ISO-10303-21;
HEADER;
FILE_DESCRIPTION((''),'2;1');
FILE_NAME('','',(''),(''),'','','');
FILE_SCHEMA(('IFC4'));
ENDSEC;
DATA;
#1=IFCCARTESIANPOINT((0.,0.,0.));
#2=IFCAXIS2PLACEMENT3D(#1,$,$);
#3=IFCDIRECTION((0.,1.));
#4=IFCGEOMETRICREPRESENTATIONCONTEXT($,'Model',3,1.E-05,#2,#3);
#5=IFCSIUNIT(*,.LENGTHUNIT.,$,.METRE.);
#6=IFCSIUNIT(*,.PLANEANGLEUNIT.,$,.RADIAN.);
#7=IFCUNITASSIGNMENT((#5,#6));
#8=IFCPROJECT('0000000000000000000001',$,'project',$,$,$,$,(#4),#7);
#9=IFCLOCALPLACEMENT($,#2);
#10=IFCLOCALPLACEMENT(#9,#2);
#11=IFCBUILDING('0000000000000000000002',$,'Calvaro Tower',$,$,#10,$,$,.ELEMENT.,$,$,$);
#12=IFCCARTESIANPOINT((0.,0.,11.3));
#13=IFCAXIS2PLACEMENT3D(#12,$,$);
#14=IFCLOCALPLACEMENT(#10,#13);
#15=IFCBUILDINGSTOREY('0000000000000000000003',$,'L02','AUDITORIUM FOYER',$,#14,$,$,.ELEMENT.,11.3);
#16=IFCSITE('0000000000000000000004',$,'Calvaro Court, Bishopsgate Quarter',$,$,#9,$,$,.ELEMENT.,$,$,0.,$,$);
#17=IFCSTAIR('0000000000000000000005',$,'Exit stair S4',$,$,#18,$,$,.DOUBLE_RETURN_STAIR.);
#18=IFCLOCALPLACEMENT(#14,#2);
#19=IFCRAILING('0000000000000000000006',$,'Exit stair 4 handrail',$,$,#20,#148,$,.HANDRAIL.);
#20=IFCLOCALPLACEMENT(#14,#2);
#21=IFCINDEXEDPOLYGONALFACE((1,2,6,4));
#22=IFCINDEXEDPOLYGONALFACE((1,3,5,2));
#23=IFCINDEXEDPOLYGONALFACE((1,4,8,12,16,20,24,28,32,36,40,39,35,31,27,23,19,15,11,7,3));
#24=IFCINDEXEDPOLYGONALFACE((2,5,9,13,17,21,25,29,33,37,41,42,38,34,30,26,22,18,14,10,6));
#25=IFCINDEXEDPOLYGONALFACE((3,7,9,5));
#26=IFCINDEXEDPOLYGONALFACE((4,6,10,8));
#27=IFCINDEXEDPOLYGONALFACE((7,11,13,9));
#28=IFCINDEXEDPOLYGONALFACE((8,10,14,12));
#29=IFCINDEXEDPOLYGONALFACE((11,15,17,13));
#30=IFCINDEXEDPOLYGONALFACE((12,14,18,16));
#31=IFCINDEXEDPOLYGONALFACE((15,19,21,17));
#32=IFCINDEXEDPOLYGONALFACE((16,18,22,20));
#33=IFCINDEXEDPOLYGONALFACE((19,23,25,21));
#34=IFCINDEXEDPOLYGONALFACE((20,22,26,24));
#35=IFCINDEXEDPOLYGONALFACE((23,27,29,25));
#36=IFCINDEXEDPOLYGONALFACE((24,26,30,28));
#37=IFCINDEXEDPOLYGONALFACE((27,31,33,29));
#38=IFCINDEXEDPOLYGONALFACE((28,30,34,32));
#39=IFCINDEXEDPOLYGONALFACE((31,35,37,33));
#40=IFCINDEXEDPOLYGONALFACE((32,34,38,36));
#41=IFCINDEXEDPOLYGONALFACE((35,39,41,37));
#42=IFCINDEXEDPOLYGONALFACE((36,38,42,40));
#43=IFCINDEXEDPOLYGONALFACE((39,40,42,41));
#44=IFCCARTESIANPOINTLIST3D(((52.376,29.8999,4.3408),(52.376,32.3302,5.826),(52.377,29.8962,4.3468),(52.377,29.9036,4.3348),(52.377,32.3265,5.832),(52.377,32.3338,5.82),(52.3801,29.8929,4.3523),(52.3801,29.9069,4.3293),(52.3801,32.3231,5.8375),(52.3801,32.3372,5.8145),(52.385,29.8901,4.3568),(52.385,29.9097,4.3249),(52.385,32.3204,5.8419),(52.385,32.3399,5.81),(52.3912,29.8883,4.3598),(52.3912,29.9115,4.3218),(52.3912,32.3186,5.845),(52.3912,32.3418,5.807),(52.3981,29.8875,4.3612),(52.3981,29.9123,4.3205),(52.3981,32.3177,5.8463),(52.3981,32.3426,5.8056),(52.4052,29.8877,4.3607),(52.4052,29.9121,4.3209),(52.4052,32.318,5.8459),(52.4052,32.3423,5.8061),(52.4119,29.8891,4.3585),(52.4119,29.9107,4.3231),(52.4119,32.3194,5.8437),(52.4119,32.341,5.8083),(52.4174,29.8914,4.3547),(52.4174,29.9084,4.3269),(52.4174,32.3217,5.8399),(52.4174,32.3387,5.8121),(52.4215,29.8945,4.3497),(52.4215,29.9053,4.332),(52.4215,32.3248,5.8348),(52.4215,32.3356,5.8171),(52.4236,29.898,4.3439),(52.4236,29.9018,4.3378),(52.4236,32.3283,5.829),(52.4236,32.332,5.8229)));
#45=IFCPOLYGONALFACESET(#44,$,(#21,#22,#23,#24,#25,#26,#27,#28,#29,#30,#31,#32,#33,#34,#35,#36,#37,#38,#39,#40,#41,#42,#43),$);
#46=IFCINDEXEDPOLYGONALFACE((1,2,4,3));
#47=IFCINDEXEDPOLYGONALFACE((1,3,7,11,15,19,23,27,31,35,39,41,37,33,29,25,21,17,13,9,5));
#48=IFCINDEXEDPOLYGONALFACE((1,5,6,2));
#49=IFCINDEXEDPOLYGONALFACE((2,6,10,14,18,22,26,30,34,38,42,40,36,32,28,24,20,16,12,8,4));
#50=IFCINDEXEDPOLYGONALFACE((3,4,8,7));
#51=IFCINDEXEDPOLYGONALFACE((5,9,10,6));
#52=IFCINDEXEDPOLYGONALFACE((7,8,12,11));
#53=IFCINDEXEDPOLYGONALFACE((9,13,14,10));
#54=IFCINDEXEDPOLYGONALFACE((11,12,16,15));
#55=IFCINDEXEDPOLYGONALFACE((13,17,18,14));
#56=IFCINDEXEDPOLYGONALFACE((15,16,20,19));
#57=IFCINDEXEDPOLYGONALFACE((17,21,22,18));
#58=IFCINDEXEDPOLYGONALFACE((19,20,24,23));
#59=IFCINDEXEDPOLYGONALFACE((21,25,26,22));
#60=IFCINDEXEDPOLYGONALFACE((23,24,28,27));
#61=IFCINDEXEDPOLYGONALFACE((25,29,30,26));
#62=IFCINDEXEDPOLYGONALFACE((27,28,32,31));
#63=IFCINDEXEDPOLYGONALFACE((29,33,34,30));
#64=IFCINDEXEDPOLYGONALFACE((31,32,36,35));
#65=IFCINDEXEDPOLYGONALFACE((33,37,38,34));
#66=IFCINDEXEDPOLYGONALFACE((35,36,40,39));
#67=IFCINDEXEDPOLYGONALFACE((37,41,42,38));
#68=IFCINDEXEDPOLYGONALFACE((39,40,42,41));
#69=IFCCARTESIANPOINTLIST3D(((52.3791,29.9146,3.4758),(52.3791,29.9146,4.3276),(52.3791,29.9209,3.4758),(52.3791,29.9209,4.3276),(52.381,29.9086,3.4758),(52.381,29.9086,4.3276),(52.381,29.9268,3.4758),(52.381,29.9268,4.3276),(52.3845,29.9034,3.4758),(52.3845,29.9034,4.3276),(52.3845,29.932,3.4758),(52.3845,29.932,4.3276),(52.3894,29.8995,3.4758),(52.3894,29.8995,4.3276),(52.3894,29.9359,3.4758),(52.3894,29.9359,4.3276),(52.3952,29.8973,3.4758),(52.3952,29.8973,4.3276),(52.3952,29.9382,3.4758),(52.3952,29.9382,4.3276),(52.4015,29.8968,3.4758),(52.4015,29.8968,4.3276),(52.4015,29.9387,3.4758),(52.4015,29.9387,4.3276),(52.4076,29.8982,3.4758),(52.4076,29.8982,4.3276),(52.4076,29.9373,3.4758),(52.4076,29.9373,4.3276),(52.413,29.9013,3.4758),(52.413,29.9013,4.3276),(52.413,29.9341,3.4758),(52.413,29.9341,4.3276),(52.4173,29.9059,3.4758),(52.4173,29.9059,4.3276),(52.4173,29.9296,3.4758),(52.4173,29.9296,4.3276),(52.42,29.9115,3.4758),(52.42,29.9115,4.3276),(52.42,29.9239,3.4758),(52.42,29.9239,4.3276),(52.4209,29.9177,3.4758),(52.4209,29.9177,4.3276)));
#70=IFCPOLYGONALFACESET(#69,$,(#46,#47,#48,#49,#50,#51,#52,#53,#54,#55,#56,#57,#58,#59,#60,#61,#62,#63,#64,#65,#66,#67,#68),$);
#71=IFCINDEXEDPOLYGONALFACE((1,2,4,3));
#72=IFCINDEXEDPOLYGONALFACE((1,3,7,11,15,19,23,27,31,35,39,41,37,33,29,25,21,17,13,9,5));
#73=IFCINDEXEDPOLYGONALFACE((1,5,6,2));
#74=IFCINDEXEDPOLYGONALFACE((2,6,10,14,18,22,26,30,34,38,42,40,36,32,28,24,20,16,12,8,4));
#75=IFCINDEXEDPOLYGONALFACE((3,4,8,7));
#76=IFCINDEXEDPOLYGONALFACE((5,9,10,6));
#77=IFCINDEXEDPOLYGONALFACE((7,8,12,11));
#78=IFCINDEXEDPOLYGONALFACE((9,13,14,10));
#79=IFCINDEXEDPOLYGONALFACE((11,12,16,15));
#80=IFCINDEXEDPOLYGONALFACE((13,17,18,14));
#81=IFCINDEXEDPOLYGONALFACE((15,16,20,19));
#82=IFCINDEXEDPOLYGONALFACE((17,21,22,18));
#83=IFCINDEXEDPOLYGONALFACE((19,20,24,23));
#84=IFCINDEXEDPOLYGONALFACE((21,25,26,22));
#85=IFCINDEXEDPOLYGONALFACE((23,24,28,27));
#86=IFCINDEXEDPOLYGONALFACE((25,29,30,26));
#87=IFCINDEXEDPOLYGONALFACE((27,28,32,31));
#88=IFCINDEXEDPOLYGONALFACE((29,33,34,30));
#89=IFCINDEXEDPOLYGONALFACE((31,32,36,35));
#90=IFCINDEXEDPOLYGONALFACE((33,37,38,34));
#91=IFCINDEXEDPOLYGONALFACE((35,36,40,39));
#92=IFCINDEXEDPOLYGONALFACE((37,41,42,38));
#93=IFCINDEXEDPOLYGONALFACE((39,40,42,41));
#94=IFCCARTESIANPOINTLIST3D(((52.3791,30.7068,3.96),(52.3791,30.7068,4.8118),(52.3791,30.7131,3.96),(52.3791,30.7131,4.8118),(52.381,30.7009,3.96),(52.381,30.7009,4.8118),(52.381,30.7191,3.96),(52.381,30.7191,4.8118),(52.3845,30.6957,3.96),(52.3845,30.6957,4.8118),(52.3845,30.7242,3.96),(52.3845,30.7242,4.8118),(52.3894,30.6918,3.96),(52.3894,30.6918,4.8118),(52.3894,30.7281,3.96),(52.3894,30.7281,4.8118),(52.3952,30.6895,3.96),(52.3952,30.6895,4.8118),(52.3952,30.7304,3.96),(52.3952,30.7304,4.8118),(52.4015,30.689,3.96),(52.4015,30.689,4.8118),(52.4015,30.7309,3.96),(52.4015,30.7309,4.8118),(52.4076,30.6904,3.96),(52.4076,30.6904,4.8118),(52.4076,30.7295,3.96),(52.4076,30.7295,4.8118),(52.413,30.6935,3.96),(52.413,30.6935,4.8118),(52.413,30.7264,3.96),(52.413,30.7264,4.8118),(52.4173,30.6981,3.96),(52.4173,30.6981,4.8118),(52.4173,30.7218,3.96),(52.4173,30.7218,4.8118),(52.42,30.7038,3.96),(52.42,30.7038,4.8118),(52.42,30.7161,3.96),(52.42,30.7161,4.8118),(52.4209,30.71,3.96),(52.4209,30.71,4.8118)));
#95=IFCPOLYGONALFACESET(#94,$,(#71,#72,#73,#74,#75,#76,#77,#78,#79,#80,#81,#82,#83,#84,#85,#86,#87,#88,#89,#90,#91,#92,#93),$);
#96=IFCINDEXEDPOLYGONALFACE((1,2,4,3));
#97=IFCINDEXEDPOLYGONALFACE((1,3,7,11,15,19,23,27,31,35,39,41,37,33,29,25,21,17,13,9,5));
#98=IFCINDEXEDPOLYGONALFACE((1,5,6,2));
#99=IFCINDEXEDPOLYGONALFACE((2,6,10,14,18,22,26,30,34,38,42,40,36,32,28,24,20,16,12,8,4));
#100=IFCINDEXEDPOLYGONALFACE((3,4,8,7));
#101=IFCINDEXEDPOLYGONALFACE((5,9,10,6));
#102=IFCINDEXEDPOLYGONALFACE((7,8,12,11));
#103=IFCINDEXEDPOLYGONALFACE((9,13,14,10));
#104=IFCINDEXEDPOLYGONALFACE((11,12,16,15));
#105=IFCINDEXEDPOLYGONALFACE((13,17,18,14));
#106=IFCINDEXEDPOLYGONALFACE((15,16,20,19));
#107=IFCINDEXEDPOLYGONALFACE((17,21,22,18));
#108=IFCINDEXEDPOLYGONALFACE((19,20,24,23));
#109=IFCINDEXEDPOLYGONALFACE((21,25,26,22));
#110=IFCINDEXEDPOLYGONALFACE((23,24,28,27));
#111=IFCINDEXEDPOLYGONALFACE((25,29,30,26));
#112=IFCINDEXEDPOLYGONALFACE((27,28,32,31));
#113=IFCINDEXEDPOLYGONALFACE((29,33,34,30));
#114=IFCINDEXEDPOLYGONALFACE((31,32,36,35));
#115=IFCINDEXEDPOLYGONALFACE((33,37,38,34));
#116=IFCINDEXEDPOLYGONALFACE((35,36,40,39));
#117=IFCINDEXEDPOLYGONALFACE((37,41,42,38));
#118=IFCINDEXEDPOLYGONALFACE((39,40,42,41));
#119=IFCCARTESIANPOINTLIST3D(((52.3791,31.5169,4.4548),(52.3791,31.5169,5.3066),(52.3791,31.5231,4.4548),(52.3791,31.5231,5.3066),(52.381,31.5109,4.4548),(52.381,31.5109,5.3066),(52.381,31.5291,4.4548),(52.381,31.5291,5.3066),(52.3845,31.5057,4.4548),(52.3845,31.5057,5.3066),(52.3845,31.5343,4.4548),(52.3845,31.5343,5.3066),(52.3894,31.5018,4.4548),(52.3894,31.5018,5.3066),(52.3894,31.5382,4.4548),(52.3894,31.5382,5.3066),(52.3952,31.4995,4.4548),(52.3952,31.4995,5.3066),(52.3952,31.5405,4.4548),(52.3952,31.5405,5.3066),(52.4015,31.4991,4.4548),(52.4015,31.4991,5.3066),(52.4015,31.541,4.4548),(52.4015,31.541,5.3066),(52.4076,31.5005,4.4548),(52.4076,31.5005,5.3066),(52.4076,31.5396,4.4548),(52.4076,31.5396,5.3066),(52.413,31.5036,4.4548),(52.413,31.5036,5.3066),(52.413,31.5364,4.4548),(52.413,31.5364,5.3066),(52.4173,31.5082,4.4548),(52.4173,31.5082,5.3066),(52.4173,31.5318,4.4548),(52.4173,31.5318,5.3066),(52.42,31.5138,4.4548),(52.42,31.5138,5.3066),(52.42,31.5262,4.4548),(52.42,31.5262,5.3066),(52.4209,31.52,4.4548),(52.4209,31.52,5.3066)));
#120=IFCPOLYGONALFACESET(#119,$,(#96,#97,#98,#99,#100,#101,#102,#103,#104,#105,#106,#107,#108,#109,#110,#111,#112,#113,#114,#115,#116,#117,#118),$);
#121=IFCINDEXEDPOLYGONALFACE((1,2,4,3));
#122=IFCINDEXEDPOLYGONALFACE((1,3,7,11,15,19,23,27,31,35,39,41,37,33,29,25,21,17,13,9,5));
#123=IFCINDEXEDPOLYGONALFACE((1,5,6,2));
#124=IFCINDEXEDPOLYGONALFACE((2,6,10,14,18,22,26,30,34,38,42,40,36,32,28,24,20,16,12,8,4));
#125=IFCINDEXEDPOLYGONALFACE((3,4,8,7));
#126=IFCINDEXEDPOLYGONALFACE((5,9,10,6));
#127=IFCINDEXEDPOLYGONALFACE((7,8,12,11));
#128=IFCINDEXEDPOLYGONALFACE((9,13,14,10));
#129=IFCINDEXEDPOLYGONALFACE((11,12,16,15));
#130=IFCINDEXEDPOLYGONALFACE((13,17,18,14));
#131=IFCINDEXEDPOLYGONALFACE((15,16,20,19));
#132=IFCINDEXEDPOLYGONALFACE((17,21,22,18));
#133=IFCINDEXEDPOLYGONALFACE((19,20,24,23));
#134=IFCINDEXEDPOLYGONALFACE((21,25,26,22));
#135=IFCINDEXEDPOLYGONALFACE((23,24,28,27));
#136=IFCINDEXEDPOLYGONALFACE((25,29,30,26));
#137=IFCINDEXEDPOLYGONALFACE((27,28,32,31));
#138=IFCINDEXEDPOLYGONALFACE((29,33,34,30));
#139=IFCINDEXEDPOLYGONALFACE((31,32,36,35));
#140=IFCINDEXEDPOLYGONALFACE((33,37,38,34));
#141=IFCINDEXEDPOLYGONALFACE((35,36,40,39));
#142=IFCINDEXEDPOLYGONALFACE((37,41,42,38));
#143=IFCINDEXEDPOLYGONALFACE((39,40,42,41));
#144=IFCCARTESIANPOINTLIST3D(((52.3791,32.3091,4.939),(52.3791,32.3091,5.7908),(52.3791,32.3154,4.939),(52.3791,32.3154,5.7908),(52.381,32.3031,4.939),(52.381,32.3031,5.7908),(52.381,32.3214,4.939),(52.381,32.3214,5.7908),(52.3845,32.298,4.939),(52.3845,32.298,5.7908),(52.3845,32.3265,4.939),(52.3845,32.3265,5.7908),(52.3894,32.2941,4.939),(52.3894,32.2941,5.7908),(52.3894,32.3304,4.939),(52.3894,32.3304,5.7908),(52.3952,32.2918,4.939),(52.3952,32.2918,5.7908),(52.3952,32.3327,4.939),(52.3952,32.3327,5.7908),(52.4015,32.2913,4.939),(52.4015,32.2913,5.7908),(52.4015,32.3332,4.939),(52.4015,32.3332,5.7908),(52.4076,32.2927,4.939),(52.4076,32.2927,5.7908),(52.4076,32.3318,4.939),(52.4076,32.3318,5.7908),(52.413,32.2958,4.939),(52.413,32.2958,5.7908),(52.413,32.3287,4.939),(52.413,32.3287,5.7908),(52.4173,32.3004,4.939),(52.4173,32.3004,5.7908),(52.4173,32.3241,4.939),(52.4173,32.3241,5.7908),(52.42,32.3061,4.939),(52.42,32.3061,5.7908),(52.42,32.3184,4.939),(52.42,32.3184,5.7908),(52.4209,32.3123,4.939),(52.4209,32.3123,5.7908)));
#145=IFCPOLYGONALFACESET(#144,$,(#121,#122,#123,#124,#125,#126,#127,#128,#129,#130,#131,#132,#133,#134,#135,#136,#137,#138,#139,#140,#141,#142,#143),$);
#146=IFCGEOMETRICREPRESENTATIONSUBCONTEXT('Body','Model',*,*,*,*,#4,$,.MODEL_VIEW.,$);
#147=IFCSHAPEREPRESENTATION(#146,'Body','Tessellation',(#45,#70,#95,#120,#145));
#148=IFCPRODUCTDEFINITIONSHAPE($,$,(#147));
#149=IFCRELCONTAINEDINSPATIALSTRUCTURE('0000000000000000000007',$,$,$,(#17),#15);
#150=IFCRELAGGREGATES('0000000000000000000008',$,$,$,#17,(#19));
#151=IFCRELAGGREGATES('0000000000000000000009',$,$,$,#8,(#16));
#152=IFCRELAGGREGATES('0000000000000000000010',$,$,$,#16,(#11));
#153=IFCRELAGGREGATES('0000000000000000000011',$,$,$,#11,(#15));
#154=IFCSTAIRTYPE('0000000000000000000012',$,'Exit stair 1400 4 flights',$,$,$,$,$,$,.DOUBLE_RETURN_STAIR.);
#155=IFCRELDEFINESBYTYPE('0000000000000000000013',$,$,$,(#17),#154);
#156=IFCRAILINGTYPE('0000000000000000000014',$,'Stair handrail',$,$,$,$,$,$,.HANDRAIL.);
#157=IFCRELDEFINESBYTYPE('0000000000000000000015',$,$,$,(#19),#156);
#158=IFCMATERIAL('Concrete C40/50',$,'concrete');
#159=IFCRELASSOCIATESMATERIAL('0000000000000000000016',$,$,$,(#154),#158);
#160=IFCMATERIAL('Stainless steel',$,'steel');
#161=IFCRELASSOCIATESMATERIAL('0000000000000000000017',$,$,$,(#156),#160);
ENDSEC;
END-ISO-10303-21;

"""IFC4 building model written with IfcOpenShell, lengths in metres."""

from ifc_helpers import new_model, si_unit, direction, frame, origin, origin_2d, place, context, subcontext, project, spatial, circle, extrude, material, type_object, element, aggregate, save


model = new_model("IFC4")

# Units and contexts
model_context = context("Model", 3, precision=1e-05, world=origin(), true_north=direction((0.0, 1.0)))
body_context = subcontext(model_context, "Body", "Model", "MODEL_VIEW")
ifc_project = project(units=[si_unit("LENGTHUNIT", "METRE"), si_unit("PLANEANGLEUNIT", "RADIAN")], contexts=[model_context])

# Site, building, storey
site_placement = place(None, origin())
site = spatial("IfcSite", under=ifc_project, at=site_placement, Name="Calvaro Court, Bishopsgate Quarter", CompositionType="ELEMENT", RefElevation=0.0)
building_placement = place(site_placement, origin())
building = spatial("IfcBuilding", under=site, at=building_placement, Name="Calvaro Tower", CompositionType="ELEMENT")
storey_placement = place(building_placement, frame((0.0, 0.0, 11.3)))
storey = spatial("IfcBuildingStorey", under=building, at=storey_placement, Name="L02", Description="AUDITORIUM FOYER", CompositionType="ELEMENT", Elevation=11.3)

# Stair
ifc_material_1 = material(Name="Concrete C40/50", Category="concrete")
stair_type = type_object("IfcStairType", Name="Exit stair 1400 4 flights", PredefinedType="DOUBLE_RETURN_STAIR", material=ifc_material_1)
stair_1_placement = place(storey_placement, origin())
stair_1 = element("IfcStair", 1, at=stair_1_placement, inside=storey, type_object=stair_type, Name="Exit stair S4", PredefinedType="DOUBLE_RETURN_STAIR")

# Shared definitions
ifc_material_2 = material(Name="Stainless steel", Category="steel")
railing_type = type_object("IfcRailingType", Name="Stair handrail", PredefinedType="HANDRAIL", material=ifc_material_2)

# Railing
railing_1_placement = place(storey_placement, frame((52.3999, 29.8999, 3.4648)))
railing_1 = element("IfcRailing", 2, at=railing_1_placement, type_object=railing_type, Name="Exit stair 4 handrail", PredefinedType="HANDRAIL", context=body_context, shape_type="SweptSolid", body=[
    extrude(circle(Radius=0.0239, at=origin_2d()), frame((0.0, 0.0, 0.876), z_axis=(0.0, 0.853282, 0.52145), x_axis=(-1.0, 0.0, 0.0)), (0.0, 0.0, 1.0), 2.8481),
    extrude(circle(Radius=0.021, at=origin_2d()), frame((0.0, 0.0178, 0.011)), (0.0, 0.0, 1.0), 0.8518),
    extrude(circle(Radius=0.021, at=origin_2d()), frame((0.0, 0.8101, 0.4951)), (0.0, 0.0, 1.0), 0.8518),
    extrude(circle(Radius=0.021, at=origin_2d()), frame((0.0, 1.6201, 0.99)), (0.0, 0.0, 1.0), 0.8518),
    extrude(circle(Radius=0.021, at=origin_2d()), frame((0.0, 2.4124, 1.4741)), (0.0, 0.0, 1.0), 0.8518),
])
aggregate(stair_1, [railing_1])

save(model, "model.ifc")
